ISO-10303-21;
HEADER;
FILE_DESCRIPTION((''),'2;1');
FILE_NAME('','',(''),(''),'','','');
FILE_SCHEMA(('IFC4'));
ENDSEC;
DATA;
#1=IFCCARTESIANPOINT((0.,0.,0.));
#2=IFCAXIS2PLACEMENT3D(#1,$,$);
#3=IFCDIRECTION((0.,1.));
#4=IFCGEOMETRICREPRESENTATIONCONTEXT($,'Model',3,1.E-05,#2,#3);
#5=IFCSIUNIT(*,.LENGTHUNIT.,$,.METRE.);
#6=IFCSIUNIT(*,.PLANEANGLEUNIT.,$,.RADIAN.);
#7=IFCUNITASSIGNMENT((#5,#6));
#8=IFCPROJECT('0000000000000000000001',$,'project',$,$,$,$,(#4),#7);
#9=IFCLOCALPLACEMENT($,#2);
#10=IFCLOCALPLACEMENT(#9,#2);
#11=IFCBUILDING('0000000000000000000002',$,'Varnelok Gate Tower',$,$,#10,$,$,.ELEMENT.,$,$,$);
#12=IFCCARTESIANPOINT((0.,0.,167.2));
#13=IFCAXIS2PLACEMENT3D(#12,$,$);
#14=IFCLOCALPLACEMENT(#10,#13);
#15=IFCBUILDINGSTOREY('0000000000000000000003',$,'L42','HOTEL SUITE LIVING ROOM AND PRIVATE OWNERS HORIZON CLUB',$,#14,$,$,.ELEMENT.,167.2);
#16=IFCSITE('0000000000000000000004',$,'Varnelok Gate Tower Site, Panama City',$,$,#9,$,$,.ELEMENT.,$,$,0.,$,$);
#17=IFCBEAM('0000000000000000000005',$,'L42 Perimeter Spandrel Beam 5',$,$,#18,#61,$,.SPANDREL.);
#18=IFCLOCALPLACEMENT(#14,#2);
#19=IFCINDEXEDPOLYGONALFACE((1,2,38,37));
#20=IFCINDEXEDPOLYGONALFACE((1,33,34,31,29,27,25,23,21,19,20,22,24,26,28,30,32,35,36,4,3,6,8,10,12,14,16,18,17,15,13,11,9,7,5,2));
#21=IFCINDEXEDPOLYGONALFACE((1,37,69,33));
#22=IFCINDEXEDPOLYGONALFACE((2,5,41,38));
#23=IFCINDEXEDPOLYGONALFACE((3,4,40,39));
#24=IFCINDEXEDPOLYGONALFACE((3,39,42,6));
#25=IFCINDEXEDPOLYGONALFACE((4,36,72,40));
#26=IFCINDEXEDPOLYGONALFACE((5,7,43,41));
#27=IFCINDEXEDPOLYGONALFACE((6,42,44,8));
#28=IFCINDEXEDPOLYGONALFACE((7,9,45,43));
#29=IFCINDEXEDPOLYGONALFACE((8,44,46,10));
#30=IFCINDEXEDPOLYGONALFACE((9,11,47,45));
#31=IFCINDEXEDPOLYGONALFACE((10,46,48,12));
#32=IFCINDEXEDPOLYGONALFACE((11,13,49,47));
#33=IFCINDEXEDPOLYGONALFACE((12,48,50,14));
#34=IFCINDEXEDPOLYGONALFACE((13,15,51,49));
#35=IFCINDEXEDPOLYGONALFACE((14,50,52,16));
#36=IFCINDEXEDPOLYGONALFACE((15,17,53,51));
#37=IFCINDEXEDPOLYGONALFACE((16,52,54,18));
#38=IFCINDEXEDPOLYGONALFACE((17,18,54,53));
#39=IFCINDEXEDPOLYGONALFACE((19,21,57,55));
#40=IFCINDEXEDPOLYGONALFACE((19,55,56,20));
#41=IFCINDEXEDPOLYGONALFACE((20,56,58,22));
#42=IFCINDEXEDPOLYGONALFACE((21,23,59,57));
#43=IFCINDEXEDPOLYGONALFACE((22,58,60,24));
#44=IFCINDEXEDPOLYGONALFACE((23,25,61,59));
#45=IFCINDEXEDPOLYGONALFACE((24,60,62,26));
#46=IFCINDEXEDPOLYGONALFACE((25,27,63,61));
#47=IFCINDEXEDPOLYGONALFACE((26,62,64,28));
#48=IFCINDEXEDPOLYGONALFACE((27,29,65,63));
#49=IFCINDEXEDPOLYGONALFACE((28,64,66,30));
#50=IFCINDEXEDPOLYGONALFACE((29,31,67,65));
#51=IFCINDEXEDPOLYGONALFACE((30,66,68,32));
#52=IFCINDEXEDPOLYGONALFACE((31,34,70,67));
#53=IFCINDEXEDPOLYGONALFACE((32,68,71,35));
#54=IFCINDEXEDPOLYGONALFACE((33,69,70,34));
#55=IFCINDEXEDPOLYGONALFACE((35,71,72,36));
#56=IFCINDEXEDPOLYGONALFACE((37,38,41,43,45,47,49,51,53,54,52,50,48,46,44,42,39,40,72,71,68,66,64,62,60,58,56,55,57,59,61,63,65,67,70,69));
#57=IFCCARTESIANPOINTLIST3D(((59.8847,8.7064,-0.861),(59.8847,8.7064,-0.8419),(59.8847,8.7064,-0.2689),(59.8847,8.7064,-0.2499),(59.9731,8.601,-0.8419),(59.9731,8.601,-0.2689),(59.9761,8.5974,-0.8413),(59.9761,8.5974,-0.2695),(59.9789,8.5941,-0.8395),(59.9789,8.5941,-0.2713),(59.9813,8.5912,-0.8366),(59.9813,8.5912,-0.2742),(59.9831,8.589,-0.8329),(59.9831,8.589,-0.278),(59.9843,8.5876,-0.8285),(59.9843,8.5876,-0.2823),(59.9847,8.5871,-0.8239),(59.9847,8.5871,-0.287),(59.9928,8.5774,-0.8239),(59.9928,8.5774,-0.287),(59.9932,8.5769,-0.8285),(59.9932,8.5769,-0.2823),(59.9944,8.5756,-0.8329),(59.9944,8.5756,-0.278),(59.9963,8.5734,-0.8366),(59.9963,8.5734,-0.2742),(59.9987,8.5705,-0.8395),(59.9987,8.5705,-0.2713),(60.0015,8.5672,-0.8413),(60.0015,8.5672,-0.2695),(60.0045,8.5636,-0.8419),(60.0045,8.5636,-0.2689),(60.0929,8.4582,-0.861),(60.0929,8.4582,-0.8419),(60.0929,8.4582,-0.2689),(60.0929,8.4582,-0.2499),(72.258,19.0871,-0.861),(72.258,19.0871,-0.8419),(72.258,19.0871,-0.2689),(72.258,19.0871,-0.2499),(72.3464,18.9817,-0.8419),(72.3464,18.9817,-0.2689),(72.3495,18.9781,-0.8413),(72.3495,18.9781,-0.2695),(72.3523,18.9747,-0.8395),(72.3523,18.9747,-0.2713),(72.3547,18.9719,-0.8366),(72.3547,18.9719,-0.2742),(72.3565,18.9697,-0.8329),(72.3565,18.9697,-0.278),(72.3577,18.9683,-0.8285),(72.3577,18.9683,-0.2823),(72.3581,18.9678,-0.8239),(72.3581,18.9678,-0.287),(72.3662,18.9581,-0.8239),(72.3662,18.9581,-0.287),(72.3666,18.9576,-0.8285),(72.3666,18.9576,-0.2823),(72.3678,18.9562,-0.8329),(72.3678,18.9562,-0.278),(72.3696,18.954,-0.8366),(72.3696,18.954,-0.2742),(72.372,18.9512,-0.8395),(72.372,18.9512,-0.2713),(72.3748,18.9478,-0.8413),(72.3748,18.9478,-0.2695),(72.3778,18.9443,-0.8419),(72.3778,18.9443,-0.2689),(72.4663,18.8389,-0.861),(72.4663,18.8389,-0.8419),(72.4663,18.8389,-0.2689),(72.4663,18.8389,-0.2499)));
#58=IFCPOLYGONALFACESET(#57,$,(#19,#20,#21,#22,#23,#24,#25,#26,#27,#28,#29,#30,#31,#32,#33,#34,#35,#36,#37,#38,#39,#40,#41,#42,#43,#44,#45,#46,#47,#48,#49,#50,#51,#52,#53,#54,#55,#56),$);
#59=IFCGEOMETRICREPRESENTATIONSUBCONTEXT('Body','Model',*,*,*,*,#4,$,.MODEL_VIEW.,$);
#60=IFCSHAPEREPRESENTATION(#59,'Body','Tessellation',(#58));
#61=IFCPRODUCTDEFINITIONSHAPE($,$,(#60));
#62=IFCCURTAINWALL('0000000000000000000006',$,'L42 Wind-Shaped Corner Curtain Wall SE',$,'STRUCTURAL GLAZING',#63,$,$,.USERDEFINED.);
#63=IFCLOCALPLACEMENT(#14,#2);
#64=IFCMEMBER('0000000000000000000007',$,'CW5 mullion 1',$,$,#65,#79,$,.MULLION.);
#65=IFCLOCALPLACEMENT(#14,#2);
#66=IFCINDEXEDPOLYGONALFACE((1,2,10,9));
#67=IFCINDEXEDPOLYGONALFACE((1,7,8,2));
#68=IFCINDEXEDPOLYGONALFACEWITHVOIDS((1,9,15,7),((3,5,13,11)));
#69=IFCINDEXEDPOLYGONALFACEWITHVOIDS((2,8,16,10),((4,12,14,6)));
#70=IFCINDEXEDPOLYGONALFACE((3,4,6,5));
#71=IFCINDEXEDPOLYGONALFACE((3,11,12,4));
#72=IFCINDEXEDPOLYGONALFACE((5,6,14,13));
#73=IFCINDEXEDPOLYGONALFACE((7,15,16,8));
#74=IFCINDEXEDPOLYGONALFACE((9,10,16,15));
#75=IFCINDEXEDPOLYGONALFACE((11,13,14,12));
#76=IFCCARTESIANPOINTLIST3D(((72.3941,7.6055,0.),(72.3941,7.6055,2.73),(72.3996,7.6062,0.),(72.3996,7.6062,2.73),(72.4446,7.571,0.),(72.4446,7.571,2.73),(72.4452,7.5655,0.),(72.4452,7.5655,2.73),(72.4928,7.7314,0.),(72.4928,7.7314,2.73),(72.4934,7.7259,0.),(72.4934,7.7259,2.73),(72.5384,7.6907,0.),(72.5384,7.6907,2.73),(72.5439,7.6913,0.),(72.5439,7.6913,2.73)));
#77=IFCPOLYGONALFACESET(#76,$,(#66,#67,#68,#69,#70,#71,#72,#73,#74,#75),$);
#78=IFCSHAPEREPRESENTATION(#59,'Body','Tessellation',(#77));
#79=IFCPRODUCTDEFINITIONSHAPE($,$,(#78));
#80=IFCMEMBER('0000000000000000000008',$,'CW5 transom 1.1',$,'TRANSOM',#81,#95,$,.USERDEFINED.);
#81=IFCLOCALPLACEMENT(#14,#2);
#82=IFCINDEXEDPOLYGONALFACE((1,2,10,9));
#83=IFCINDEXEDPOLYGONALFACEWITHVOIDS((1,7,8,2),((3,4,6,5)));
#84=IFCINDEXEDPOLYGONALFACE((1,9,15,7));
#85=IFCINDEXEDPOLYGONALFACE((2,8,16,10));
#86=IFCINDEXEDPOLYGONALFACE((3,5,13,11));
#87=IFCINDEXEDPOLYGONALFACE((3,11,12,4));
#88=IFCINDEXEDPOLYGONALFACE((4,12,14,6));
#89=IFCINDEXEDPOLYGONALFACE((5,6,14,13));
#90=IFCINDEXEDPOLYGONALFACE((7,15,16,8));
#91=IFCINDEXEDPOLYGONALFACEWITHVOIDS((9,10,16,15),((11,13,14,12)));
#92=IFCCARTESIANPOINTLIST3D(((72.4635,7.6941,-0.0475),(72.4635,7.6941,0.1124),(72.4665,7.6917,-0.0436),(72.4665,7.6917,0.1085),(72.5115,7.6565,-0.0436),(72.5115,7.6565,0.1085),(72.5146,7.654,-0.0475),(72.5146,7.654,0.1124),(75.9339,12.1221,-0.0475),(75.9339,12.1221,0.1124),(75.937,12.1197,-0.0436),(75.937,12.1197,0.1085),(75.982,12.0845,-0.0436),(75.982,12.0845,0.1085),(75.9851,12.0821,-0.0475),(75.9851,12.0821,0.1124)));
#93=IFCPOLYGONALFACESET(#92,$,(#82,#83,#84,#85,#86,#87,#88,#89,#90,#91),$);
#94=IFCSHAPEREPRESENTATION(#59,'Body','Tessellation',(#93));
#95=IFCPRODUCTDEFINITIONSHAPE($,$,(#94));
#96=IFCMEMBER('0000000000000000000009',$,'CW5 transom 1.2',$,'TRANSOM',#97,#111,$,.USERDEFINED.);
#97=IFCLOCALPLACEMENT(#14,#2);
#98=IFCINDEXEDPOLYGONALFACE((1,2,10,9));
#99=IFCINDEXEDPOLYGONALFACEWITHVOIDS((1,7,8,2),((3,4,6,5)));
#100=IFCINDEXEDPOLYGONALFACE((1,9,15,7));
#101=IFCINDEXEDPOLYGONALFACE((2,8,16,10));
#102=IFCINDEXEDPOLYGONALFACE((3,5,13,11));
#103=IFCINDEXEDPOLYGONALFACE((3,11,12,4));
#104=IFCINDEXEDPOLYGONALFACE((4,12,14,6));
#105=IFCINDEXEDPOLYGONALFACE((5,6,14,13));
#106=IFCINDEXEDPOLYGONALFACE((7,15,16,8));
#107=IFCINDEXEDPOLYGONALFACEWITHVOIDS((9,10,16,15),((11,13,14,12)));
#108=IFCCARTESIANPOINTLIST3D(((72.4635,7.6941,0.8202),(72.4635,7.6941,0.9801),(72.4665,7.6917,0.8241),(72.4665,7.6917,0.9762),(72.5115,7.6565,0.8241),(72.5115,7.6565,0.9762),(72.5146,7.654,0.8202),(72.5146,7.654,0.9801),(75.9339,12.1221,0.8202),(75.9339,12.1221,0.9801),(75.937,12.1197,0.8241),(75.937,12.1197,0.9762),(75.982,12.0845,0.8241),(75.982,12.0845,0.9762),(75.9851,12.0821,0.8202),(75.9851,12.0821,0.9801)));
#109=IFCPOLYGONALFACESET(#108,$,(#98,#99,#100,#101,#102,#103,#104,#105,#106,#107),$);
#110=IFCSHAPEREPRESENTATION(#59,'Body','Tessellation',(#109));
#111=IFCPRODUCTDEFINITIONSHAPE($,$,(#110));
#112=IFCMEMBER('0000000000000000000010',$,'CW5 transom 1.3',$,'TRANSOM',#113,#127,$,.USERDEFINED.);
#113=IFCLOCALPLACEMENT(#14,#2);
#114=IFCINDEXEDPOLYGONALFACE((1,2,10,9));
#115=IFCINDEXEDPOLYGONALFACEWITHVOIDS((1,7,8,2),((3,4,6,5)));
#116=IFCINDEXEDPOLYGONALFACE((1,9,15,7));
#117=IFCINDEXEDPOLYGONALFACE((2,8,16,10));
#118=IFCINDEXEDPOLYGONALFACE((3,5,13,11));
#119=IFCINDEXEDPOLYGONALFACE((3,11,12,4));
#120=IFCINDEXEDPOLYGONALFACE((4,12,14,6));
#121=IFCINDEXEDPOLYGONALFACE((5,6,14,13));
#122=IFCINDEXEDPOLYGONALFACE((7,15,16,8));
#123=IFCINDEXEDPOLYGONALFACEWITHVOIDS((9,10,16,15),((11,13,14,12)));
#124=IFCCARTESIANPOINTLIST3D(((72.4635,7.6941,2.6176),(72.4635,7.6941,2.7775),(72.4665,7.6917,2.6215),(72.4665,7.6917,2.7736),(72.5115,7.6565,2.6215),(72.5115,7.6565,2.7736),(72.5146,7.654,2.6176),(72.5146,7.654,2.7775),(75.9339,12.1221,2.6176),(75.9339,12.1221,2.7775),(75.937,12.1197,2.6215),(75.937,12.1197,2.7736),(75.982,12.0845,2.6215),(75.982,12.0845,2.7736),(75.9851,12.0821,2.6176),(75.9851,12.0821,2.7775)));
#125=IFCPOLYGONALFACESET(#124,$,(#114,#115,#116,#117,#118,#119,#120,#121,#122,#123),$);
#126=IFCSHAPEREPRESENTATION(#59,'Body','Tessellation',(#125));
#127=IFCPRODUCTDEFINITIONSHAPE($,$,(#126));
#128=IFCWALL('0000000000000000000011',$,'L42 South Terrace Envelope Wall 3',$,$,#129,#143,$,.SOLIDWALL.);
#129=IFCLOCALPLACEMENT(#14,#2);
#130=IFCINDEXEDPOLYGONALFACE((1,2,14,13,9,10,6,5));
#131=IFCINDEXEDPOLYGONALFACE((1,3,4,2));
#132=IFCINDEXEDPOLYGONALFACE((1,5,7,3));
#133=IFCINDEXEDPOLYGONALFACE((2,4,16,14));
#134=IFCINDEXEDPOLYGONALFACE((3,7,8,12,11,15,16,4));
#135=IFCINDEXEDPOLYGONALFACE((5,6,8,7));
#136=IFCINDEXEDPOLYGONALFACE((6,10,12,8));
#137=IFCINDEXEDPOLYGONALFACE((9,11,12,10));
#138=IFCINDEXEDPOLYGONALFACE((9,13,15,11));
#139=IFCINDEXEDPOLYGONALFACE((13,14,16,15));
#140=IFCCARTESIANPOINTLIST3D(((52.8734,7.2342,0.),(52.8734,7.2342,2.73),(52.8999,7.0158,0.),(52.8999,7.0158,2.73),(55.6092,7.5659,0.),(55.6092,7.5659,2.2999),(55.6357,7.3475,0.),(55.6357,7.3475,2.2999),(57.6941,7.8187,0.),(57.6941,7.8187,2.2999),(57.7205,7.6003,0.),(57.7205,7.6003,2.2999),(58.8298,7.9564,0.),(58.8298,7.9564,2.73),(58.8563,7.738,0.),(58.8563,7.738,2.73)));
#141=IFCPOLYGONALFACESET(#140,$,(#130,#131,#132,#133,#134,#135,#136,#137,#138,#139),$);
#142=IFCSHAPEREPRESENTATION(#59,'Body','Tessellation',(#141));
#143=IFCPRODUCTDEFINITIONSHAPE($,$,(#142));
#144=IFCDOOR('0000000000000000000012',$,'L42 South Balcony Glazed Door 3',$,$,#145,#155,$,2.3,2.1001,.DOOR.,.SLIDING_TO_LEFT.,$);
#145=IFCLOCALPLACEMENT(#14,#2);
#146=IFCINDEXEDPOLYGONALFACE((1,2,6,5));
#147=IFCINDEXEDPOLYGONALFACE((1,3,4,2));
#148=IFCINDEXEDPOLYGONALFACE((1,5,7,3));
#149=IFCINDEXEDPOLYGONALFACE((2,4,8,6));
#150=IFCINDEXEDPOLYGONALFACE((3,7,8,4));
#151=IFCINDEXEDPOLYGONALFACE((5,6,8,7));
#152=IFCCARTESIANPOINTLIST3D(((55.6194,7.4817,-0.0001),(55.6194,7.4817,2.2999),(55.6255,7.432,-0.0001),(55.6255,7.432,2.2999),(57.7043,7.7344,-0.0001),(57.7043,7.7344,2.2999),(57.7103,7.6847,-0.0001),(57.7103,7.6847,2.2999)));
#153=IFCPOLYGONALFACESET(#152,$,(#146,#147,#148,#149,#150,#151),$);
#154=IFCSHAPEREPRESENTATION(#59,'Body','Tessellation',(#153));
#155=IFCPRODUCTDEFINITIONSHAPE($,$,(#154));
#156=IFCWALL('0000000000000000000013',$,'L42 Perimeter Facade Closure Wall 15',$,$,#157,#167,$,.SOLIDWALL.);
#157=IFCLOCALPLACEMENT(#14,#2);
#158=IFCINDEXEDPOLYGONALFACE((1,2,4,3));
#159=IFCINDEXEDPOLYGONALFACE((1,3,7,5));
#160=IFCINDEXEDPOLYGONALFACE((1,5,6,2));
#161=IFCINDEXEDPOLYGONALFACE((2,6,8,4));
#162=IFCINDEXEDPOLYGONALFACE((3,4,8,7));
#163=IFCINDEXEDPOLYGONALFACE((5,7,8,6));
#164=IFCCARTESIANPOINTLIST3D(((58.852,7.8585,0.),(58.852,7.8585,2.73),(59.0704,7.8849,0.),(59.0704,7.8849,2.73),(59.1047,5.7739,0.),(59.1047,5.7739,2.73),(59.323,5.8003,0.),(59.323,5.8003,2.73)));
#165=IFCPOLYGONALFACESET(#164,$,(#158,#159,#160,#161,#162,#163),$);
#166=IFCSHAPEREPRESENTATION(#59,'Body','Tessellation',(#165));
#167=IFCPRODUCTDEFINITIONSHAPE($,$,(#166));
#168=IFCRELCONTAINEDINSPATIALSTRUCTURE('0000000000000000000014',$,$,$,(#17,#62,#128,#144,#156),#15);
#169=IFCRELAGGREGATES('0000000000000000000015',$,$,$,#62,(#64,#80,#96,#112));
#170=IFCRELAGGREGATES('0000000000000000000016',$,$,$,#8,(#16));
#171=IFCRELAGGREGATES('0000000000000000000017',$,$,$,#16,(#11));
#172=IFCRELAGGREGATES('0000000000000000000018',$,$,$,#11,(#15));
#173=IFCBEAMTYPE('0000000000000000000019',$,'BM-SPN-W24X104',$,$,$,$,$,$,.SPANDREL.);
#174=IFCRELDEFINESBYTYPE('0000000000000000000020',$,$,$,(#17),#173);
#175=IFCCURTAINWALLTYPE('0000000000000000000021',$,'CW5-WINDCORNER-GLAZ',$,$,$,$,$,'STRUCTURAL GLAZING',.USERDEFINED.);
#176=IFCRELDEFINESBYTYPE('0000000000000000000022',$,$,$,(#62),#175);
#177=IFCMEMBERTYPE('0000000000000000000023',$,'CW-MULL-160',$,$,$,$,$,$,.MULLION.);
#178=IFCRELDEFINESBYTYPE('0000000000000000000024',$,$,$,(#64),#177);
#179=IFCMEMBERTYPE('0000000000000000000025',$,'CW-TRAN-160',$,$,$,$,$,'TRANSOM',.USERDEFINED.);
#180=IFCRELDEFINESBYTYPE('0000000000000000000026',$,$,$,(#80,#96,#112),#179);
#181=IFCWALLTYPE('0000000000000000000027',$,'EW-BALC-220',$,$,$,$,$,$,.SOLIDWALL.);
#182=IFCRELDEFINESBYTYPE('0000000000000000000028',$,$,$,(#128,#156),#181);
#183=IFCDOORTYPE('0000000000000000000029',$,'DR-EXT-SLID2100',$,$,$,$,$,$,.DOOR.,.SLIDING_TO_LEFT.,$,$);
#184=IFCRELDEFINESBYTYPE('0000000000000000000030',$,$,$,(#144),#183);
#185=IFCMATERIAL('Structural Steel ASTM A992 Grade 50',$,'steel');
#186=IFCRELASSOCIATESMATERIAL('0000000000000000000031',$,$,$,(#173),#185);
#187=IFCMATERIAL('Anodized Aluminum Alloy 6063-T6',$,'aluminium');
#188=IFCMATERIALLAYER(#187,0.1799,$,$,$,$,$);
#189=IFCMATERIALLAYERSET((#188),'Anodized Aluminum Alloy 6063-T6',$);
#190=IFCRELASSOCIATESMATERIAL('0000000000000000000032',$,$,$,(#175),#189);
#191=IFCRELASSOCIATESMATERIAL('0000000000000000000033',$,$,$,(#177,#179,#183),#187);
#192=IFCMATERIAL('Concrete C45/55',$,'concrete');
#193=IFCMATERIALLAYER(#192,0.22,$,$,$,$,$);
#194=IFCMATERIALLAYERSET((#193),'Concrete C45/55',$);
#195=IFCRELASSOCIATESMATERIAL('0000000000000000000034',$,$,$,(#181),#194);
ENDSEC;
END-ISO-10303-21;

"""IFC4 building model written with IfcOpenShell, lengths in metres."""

from ifc_helpers import new_model, si_unit, direction, frame, frame_2d, origin, origin_2d, place, context, subcontext, project, spatial, rectangle, hollow_rectangle, i_section, extrude, material, layer, layer_set, material_profile, profile_set, type_object, element, fill, aggregate, save


model = new_model("IFC4")

# Units and contexts
model_context = context("Model", 3, precision=1e-05, world=origin(), true_north=direction((0.0, 1.0)))
body_context = subcontext(model_context, "Body", "Model", "MODEL_VIEW")
ifc_project = project(units=[si_unit("LENGTHUNIT", "METRE"), si_unit("PLANEANGLEUNIT", "RADIAN")], contexts=[model_context])

# Site, building, storey
site_placement = place(None, origin())
site = spatial("IfcSite", under=ifc_project, at=site_placement, Name="Varnelok Gate Tower Site, Panama City", CompositionType="ELEMENT", RefElevation=0.0)
building_placement = place(site_placement, origin())
building = spatial("IfcBuilding", under=site, at=building_placement, Name="Varnelok Gate Tower", CompositionType="ELEMENT")
storey_placement = place(building_placement, frame((0.0, 0.0, 167.2)))
storey = spatial("IfcBuildingStorey", under=building, at=storey_placement, Name="L42", Description="HOTEL SUITE LIVING ROOM AND PRIVATE OWNERS HORIZON CLUB", CompositionType="ELEMENT", Elevation=167.2)

# Shared definitions
ifc_material_1 = material(Name="Structural Steel ASTM A992 Grade 50", Category="steel")

# Beam
ifc_material_profile_1 = material_profile(ifc_material_1, i_section(OverallWidth=0.324, OverallDepth=0.6111, WebThickness=0.0127, FlangeThickness=0.019, FilletRadius=0.0181, at=origin_2d()), Name="W24X104")
ifc_profile_set_1 = profile_set([ifc_material_profile_1], Name="Structural Steel ASTM A992 Grade 50")
beam_type_1 = type_object("IfcBeamType", Name="BM-SPN-W24X104", PredefinedType="SPANDREL", material=ifc_profile_set_1)
beam_1_placement = place(storey_placement, frame((59.9888, 8.5823, -0.5554), z_axis=(0.7661, 0.642722, 0.0), x_axis=(-0.642722, 0.7661, 0.0)))
element("IfcBeam", 1, at=beam_1_placement, inside=storey, type_object=beam_type_1, Name="L42 Perimeter Spandrel Beam 5", PredefinedType="SPANDREL", context=body_context, shape_type="SweptSolid", body=[
    extrude(i_section(OverallWidth=0.324, OverallDepth=0.6111, WebThickness=0.0127, FlangeThickness=0.019, FilletRadius=0.0181, at=origin_2d()), origin(), (0.0, 0.0, 1.0), 16.1511),
])

# Curtain wall, members
ifc_material_2 = material(Name="Anodized Aluminum Alloy 6063-T6", Category="aluminium")
ifc_layer_1 = layer(ifc_material_2, 0.1799)
ifc_layer_set_1 = layer_set([ifc_layer_1], Name="Anodized Aluminum Alloy 6063-T6")
curtain_wall_type = type_object("IfcCurtainWallType", Name="CW5-WINDCORNER-GLAZ", ElementType="STRUCTURAL GLAZING", PredefinedType="USERDEFINED", material=ifc_layer_set_1)
curtain_wall_placement = place(storey_placement, origin())
curtain_wall = element("IfcCurtainWall", 2, at=curtain_wall_placement, inside=storey, type_object=curtain_wall_type, Name="L42 Wind-Shaped Corner Curtain Wall SE", ObjectType="STRUCTURAL GLAZING", PredefinedType="USERDEFINED")
ifc_material_profile_2 = material_profile(ifc_material_2, hollow_rectangle(XDim=0.0649, YDim=0.1599, WallThickness=0.0039, at=origin_2d()), Name="ALU160X65X4")
ifc_profile_set_2 = profile_set([ifc_material_profile_2], Name="Anodized Aluminum Alloy 6063-T6")
member_type_1 = type_object("IfcMemberType", Name="CW-MULL-160", PredefinedType="MULLION", material=ifc_profile_set_2)
member_1_placement = place(storey_placement, frame((72.469, 7.6484, 0.0), z_axis=(0.0, 0.0, 1.0), x_axis=(-0.787064, 0.616871, 0.0)))
member_1 = element("IfcMember", 3, at=member_1_placement, type_object=member_type_1, Name="CW5 mullion 1", PredefinedType="MULLION", context=body_context, shape_type="SweptSolid", body=[
    extrude(hollow_rectangle(XDim=0.0649, YDim=0.1599, WallThickness=0.0039, at=origin_2d()), origin(), (0.0, 0.0, 1.0), 2.73),
])
ifc_material_profile_3 = material_profile(ifc_material_2, hollow_rectangle(XDim=0.0649, YDim=0.1599, WallThickness=0.0039, at=origin_2d()), Name="ALU160X65X4")
ifc_profile_set_3 = profile_set([ifc_material_profile_3], Name="Anodized Aluminum Alloy 6063-T6")
member_type_2 = type_object("IfcMemberType", Name="CW-TRAN-160", ElementType="TRANSOM", PredefinedType="USERDEFINED", material=ifc_profile_set_3)
member_2_placement = place(storey_placement, frame((72.489, 7.6741, 0.0325), z_axis=(0.616869, 0.787066, 0.0), x_axis=(-0.787066, 0.616869, 0.0)))
member_2 = element("IfcMember", 4, at=member_2_placement, type_object=member_type_2, Name="CW5 transom 1.1", ObjectType="TRANSOM", PredefinedType="USERDEFINED", context=body_context, shape_type="SweptSolid", body=[
    extrude(hollow_rectangle(XDim=0.0649, YDim=0.1599, WallThickness=0.0039, at=origin_2d()), origin(), (0.0, 0.0, 1.0), 5.626),
])
member_3_placement = place(storey_placement, frame((72.489, 7.6741, 0.9001), z_axis=(0.616869, 0.787066, 0.0), x_axis=(-0.787066, 0.616869, 0.0)))
member_3 = element("IfcMember", 5, at=member_3_placement, type_object=member_type_2, Name="CW5 transom 1.2", ObjectType="TRANSOM", PredefinedType="USERDEFINED", context=body_context, shape_type="SweptSolid", body=[
    extrude(hollow_rectangle(XDim=0.0649, YDim=0.1599, WallThickness=0.0039, at=origin_2d()), origin(), (0.0, 0.0, 1.0), 5.626),
])
member_4_placement = place(storey_placement, frame((72.489, 7.6741, 2.6975), z_axis=(0.616869, 0.787066, 0.0), x_axis=(-0.787066, 0.616869, 0.0)))
member_4 = element("IfcMember", 6, at=member_4_placement, type_object=member_type_2, Name="CW5 transom 1.3", ObjectType="TRANSOM", PredefinedType="USERDEFINED", context=body_context, shape_type="SweptSolid", body=[
    extrude(hollow_rectangle(XDim=0.0649, YDim=0.1599, WallThickness=0.0039, at=origin_2d()), origin(), (0.0, 0.0, 1.0), 5.626),
])
aggregate(curtain_wall, [member_1, member_2, member_3, member_4])

# Wall, opening, door
ifc_material_3 = material(Name="Concrete C45/55", Category="concrete")
ifc_layer_2 = layer(ifc_material_3, 0.22)
ifc_layer_set_2 = layer_set([ifc_layer_2], Name="Concrete C45/55")
wall_type_1 = type_object("IfcWallType", Name="EW-BALC-220", PredefinedType="SOLIDWALL", material=ifc_layer_set_2)
wall_1_placement = place(storey_placement, frame((58.843, 7.8472, 0.0), z_axis=(0.0, 0.0, 1.0), x_axis=(-0.99273, -0.120363, 0.0)))
wall_1 = element("IfcWall", 7, at=wall_1_placement, inside=storey, type_object=wall_type_1, Name="L42 South Terrace Envelope Wall 3", PredefinedType="SOLIDWALL", context=body_context, shape_type="SweptSolid", body=[
    extrude(rectangle(XDim=6.0, YDim=0.22, at=frame_2d((3.0, 0.0))), origin(), (0.0, 0.0, 1.0), 2.73),
])
opening_1_placement = place(wall_1_placement, frame((1.144, 0.0, 0.0)))
opening_1 = element("IfcOpeningElement", 8, at=opening_1_placement, cuts=wall_1, PredefinedType="OPENING", context=body_context, shape_type="SweptSolid", body=[
    extrude(rectangle(XDim=2.1001, YDim=2.3, at=frame_2d((1.05, 1.1499))), frame((0.0, 0.1199, 0.0), z_axis=(0.0, -1.0, 0.0), x_axis=(1.0, 0.0, 0.0)), (0.0, 0.0, 1.0), 0.24),
])
door_type_1 = type_object("IfcDoorType", Name="DR-EXT-SLID2100", OperationType="SLIDING_TO_LEFT", PredefinedType="DOOR", material=ifc_material_2)
door_1_placement = place(opening_1_placement, origin())
door_1 = element("IfcDoor", 9, at=door_1_placement, inside=storey, type_object=door_type_1, Name="L42 South Balcony Glazed Door 3", OperationType="SLIDING_TO_LEFT", OverallHeight=2.3, OverallWidth=2.1001, PredefinedType="DOOR", context=body_context, shape_type="SweptSolid", body=[
    extrude(rectangle(XDim=2.1001, YDim=2.3, at=frame_2d((1.05, 1.1499))), frame((0.0, 0.0249, 0.0), z_axis=(0.0, -1.0, 0.0), x_axis=(1.0, 0.0, 0.0)), (0.0, 0.0, 1.0), 0.05),
])
fill(opening_1, door_1)

# Wall
wall_2_placement = place(storey_placement, frame((58.9612, 7.8716, 0.0), z_axis=(0.0, 0.0, 1.0), x_axis=(0.120328, -0.992734, 0.0)))
element("IfcWall", 10, at=wall_2_placement, inside=storey, type_object=wall_type_1, Name="L42 Perimeter Facade Closure Wall 15", PredefinedType="SOLIDWALL", context=body_context, shape_type="SweptSolid", body=[
    extrude(rectangle(XDim=2.0999, YDim=0.22, at=frame_2d((1.0498, 0.0))), origin(), (0.0, 0.0, 1.0), 2.73),
])

save(model, "model.ifc")
